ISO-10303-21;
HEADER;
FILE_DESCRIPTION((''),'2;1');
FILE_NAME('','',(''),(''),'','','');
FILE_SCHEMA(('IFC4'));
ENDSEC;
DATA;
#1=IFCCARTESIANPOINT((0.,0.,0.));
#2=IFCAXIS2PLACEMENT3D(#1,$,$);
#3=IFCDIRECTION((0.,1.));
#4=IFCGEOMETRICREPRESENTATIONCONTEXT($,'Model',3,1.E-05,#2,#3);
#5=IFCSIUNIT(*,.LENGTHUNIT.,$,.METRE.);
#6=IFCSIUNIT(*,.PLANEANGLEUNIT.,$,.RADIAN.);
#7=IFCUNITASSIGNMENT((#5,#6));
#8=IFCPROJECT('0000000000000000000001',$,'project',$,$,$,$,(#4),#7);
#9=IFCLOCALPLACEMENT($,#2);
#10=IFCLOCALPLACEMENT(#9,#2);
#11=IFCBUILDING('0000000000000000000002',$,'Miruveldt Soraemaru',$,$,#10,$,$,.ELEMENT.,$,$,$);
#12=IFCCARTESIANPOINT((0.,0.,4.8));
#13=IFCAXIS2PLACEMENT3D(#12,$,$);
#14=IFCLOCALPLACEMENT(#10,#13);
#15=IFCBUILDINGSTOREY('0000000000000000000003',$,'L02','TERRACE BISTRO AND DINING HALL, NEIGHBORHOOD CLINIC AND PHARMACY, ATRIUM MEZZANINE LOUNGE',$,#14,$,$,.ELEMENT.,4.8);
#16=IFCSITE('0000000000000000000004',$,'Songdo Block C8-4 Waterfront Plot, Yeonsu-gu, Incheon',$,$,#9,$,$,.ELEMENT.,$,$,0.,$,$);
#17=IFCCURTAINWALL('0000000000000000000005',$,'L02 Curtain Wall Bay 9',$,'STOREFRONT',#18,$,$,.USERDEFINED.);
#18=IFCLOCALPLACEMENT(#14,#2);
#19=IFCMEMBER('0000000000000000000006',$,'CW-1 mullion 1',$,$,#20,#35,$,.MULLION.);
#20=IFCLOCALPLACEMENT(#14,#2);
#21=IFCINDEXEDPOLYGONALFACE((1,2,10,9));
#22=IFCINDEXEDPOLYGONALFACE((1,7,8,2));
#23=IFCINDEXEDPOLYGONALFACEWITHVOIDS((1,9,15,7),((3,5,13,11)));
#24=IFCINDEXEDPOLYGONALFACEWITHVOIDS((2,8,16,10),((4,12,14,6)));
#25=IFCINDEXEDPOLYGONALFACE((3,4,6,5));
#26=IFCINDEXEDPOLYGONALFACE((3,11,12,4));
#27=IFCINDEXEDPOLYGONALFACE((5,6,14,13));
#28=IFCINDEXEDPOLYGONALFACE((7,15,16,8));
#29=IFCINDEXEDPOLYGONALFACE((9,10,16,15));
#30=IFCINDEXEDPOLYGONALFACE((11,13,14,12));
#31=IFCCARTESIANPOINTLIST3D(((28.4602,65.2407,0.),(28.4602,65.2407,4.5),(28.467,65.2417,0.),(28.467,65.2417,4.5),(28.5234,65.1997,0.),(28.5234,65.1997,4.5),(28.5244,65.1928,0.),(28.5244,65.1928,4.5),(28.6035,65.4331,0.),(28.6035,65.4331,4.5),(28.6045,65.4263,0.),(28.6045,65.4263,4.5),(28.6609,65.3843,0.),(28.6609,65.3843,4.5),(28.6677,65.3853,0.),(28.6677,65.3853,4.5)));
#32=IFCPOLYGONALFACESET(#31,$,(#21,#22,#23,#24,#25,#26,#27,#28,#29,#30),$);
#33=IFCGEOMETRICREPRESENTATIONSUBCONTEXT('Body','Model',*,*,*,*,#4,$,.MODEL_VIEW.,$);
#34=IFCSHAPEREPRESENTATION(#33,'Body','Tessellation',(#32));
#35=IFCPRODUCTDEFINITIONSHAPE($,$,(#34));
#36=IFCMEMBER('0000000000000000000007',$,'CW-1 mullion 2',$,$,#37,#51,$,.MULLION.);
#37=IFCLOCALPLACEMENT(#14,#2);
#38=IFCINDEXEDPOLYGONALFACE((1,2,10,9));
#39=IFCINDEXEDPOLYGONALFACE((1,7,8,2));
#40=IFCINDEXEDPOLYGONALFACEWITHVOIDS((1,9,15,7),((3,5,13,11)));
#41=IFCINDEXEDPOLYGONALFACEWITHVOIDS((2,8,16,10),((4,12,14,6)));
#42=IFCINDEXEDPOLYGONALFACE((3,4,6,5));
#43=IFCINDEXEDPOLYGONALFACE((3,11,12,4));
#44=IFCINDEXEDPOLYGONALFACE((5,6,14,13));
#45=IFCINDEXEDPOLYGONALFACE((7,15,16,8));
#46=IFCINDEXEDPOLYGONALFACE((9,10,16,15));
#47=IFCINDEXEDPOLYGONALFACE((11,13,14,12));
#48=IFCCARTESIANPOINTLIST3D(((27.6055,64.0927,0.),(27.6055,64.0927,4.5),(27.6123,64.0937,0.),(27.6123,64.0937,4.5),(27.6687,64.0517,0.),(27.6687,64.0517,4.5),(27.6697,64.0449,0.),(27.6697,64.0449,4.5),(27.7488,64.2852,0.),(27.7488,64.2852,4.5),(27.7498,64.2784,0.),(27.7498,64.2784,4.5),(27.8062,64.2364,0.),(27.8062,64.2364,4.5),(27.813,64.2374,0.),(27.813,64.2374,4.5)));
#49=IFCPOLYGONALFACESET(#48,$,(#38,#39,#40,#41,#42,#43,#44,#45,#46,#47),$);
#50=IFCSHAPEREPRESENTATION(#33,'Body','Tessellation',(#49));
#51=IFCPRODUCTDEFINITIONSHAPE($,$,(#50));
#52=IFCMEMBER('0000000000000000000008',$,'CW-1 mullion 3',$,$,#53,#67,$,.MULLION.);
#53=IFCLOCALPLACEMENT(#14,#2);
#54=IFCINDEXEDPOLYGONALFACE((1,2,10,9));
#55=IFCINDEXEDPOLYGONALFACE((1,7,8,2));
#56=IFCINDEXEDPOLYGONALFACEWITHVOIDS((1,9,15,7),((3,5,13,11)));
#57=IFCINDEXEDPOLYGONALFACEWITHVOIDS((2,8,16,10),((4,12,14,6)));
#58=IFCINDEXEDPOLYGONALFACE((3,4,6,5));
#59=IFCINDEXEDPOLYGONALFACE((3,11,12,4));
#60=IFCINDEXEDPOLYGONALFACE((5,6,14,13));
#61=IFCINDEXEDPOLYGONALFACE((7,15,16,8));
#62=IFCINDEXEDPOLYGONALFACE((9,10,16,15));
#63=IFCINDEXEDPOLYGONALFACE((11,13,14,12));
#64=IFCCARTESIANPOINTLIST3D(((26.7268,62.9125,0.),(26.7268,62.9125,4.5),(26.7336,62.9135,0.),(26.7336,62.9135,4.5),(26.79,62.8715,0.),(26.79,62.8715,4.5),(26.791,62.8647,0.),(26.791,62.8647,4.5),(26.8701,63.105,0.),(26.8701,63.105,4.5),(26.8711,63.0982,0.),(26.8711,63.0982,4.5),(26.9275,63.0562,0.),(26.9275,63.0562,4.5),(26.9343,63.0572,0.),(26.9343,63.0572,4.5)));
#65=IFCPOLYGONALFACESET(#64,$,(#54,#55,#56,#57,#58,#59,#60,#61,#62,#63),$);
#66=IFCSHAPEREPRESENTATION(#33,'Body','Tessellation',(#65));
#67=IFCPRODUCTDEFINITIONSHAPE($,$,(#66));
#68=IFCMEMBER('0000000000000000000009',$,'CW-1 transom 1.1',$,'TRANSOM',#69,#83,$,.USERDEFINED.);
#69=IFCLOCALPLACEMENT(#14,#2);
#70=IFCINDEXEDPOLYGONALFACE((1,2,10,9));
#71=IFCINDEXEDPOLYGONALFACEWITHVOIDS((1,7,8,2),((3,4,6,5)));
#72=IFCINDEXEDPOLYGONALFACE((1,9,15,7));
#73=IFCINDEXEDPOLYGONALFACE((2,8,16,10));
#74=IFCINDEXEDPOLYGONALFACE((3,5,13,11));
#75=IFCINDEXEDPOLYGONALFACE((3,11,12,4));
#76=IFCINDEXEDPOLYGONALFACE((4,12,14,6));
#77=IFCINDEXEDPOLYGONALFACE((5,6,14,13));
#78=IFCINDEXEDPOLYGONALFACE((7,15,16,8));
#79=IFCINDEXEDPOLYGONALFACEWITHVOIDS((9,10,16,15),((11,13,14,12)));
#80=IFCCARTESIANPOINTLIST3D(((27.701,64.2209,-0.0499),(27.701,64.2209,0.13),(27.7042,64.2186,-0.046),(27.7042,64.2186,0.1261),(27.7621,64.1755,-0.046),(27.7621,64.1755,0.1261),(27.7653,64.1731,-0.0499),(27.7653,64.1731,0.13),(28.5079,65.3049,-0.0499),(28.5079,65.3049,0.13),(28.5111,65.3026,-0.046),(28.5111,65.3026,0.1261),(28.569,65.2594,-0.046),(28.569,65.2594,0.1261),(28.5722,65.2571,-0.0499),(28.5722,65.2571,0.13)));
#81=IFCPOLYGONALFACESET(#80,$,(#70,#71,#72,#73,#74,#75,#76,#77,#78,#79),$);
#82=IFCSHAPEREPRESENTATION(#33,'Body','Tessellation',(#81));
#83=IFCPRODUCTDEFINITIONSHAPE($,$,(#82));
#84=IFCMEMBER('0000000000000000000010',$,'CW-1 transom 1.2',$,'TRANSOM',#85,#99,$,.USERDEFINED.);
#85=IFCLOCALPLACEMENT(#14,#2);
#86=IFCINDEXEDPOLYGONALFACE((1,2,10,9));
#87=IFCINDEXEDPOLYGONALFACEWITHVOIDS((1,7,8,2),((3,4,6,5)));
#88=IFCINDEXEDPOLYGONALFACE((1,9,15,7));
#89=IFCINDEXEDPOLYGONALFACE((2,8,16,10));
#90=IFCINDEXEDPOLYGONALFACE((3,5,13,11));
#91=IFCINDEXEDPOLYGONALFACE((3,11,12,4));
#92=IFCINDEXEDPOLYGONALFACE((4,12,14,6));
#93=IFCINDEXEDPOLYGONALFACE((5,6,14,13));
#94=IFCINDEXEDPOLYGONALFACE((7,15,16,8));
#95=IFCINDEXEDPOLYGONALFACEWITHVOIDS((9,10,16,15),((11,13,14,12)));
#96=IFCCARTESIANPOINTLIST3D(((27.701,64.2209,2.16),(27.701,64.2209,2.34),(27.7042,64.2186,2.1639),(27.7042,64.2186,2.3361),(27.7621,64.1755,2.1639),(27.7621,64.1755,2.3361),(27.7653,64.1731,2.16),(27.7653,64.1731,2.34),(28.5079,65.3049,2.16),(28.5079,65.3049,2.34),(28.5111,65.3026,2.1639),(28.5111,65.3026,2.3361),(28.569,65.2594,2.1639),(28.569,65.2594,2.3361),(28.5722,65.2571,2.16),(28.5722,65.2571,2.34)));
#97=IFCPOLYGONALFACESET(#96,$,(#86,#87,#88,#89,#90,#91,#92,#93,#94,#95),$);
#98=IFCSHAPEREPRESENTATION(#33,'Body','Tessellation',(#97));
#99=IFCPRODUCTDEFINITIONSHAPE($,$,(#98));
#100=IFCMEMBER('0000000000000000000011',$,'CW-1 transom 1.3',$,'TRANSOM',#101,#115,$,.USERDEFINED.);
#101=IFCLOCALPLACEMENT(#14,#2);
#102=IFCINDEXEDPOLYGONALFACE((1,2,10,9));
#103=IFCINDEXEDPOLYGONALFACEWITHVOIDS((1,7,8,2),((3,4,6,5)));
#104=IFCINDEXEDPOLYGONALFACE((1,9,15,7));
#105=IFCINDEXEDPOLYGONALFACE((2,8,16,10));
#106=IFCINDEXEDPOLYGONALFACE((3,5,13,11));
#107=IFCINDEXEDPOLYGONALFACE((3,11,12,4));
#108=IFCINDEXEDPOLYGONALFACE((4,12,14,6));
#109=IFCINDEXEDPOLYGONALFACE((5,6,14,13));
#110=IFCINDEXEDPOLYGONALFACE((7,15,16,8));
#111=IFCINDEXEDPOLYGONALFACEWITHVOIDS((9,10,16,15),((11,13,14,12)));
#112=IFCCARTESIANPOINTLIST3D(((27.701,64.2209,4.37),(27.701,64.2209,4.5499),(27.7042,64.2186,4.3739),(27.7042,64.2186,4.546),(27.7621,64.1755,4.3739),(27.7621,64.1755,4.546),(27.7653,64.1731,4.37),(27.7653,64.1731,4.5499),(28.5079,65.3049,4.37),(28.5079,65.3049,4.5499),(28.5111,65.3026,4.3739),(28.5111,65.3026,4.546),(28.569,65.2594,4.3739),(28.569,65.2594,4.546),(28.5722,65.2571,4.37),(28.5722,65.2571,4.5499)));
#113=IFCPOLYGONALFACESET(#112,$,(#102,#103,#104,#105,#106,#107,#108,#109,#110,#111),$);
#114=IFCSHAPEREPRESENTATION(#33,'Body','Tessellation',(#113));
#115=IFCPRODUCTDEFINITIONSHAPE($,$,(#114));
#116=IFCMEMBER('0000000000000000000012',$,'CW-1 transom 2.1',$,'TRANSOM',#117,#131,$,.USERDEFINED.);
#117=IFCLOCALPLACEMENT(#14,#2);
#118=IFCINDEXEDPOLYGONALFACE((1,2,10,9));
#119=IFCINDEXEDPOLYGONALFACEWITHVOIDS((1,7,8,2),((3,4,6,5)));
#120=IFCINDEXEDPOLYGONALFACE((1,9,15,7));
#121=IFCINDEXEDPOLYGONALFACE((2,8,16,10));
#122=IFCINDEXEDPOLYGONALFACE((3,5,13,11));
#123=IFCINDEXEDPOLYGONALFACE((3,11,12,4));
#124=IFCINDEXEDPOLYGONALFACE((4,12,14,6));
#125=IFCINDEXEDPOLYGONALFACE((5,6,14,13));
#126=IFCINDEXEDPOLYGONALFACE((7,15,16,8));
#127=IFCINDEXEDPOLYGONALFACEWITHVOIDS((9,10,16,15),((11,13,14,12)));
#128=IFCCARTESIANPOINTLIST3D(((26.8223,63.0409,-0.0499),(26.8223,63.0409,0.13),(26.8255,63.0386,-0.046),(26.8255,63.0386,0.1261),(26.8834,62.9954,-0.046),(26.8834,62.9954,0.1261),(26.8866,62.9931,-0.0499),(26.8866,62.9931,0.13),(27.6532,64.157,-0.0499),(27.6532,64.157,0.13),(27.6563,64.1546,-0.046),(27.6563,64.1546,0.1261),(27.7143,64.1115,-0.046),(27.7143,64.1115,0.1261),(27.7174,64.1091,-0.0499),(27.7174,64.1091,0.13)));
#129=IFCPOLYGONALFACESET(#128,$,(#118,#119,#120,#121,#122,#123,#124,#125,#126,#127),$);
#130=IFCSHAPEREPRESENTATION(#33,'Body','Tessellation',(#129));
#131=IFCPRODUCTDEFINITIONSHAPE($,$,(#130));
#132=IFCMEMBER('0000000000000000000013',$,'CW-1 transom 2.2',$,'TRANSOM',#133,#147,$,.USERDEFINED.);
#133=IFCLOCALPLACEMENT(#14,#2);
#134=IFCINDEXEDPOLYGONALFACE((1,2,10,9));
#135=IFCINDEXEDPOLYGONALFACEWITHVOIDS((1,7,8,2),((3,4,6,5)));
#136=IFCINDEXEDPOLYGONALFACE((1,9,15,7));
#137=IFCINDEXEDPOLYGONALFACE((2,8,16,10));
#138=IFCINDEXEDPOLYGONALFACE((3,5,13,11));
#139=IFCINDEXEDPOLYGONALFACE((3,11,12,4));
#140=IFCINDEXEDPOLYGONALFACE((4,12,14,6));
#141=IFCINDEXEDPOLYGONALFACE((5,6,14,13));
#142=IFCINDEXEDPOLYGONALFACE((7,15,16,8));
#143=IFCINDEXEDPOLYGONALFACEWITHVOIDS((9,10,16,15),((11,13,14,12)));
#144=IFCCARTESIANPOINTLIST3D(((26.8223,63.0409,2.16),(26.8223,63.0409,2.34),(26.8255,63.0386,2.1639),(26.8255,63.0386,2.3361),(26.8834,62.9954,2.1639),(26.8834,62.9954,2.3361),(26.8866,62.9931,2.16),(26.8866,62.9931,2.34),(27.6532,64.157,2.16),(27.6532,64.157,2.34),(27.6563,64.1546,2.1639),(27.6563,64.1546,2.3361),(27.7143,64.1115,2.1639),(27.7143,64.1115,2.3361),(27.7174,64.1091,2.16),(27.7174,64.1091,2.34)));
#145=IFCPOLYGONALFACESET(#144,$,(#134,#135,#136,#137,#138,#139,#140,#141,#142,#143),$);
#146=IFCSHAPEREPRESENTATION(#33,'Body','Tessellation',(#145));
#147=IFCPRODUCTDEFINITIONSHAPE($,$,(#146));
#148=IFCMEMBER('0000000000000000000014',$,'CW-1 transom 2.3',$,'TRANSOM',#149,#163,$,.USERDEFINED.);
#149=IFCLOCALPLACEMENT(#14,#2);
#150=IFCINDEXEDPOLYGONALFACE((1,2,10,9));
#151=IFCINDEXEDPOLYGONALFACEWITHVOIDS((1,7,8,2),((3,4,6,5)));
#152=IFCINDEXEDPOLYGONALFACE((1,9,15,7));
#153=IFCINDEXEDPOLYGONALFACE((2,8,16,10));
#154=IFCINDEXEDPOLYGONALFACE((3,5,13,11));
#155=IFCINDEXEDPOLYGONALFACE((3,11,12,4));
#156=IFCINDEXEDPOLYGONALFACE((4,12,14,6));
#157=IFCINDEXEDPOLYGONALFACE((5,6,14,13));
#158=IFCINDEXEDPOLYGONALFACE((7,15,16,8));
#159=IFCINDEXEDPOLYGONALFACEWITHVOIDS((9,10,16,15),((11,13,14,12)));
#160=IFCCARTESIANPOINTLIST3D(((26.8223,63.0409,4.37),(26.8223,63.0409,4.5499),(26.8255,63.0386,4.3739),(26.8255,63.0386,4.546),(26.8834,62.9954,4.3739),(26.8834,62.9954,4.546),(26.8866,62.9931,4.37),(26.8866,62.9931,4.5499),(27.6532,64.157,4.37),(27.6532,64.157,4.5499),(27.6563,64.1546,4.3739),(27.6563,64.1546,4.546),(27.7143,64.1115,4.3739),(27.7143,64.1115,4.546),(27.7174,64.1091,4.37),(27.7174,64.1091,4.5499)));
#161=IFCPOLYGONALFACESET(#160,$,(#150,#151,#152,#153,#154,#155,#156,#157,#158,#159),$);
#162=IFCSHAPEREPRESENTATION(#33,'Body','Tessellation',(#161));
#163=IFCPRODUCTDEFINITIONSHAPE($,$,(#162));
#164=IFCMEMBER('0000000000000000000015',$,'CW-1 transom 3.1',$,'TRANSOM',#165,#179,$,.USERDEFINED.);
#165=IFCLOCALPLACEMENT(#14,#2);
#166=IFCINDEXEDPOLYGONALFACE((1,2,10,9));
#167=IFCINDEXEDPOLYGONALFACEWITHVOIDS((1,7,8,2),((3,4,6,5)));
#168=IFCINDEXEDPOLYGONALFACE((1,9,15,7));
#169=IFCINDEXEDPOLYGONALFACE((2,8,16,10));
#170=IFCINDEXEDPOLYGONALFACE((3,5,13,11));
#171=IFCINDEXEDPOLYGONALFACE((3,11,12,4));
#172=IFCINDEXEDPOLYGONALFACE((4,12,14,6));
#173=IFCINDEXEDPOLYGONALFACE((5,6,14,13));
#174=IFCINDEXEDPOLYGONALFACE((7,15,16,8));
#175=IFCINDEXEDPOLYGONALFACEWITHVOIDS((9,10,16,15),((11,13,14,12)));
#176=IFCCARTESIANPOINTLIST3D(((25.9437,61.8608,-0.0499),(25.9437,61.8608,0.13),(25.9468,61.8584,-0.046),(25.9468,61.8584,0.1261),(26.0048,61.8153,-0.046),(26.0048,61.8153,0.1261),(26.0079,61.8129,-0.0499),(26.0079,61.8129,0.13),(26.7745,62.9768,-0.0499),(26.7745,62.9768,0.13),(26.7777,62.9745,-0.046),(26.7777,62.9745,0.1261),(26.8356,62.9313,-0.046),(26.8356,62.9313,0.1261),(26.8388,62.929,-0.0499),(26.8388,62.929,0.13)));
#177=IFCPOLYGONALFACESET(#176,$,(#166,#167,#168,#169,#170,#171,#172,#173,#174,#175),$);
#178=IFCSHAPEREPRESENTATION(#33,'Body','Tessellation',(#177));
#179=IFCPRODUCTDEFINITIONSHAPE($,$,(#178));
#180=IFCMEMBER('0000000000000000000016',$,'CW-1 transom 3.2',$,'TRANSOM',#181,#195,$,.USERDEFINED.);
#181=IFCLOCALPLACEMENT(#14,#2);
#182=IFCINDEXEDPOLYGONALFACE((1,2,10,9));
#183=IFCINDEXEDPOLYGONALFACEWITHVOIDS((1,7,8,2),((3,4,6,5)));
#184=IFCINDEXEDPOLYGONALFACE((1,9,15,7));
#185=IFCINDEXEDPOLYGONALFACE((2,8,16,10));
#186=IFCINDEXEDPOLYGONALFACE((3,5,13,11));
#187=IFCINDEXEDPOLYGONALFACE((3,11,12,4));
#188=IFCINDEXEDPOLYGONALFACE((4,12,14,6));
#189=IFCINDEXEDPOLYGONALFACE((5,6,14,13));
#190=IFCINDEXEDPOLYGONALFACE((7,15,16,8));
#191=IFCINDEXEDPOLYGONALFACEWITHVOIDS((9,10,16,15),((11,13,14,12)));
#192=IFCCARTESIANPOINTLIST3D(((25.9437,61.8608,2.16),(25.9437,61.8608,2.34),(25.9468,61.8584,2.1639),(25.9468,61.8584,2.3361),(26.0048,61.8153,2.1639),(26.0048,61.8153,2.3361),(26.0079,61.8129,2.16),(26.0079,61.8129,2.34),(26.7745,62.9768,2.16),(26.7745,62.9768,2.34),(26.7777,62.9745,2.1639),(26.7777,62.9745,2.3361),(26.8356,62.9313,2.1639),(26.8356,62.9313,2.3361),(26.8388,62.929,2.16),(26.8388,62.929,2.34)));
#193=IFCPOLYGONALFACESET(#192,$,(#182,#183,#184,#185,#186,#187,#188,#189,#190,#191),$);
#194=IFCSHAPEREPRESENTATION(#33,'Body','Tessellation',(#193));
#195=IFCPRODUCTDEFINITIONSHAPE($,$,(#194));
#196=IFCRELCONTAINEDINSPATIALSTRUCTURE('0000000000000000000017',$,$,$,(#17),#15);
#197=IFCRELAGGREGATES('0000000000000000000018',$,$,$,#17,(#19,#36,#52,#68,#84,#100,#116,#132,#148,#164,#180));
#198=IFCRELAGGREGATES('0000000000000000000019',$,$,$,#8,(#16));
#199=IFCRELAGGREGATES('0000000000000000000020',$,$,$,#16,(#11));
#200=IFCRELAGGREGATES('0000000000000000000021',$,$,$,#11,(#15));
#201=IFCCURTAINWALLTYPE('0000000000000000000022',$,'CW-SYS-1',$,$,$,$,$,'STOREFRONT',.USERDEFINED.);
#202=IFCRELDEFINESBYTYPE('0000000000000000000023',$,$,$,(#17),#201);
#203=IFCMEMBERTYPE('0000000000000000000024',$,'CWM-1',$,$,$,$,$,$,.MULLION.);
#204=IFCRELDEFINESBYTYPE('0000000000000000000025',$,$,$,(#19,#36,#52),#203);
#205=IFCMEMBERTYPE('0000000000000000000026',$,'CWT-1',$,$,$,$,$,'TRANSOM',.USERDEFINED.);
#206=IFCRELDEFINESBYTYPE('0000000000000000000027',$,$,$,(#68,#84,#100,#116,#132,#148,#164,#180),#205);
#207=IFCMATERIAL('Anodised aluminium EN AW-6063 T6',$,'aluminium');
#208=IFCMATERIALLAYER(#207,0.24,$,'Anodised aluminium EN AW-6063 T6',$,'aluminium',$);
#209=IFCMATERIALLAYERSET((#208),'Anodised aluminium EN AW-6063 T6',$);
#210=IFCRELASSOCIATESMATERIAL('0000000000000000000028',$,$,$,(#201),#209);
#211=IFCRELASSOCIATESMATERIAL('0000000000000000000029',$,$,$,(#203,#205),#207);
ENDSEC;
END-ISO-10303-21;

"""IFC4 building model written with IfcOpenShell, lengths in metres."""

from ifc_helpers import new_model, si_unit, direction, frame, origin, origin_2d, place, context, subcontext, project, spatial, hollow_rectangle, extrude, material, layer, layer_set, material_profile, profile_set, type_object, element, aggregate, save


model = new_model("IFC4")

# Units and contexts
model_context = context("Model", 3, precision=1e-05, world=origin(), true_north=direction((0.0, 1.0)))
body_context = subcontext(model_context, "Body", "Model", "MODEL_VIEW")
ifc_project = project(units=[si_unit("LENGTHUNIT", "METRE"), si_unit("PLANEANGLEUNIT", "RADIAN")], contexts=[model_context])

# Site, building, storey
site_placement = place(None, origin())
site = spatial("IfcSite", under=ifc_project, at=site_placement, Name="Songdo Block C8-4 Waterfront Plot, Yeonsu-gu, Incheon", CompositionType="ELEMENT", RefElevation=0.0)
building_placement = place(site_placement, origin())
building = spatial("IfcBuilding", under=site, at=building_placement, Name="Miruveldt Soraemaru", CompositionType="ELEMENT")
storey_placement = place(building_placement, frame((0.0, 0.0, 4.8)))
storey = spatial("IfcBuildingStorey", under=building, at=storey_placement, Name="L02", Description="TERRACE BISTRO AND DINING HALL, NEIGHBORHOOD CLINIC AND PHARMACY, ATRIUM MEZZANINE LOUNGE", CompositionType="ELEMENT", Elevation=4.8)

# Curtain wall, members
ifc_material_1 = material(Name="Anodised aluminium EN AW-6063 T6", Category="aluminium")
ifc_layer_1 = layer(ifc_material_1, 0.24, Name="Anodised aluminium EN AW-6063 T6", Category="aluminium")
ifc_layer_set_1 = layer_set([ifc_layer_1], Name="Anodised aluminium EN AW-6063 T6")
curtain_wall_type = type_object("IfcCurtainWallType", Name="CW-SYS-1", ElementType="STOREFRONT", PredefinedType="USERDEFINED", material=ifc_layer_set_1)
curtain_wall_placement = place(storey_placement, origin())
curtain_wall = element("IfcCurtainWall", 1, at=curtain_wall_placement, inside=storey, type_object=curtain_wall_type, Name="L02 Curtain Wall Bay 9", ObjectType="STOREFRONT", PredefinedType="USERDEFINED")
ifc_material_profile_1 = material_profile(ifc_material_1, hollow_rectangle(XDim=0.0801, YDim=0.24, WallThickness=0.0049, at=origin_2d()), Name="Anodised aluminium EN AW-6063 T6", Category="aluminium")
ifc_profile_set_1 = profile_set([ifc_material_profile_1], Name="Anodised aluminium EN AW-6063 T6")
member_type_1 = type_object("IfcMemberType", Name="CWM-1", PredefinedType="MULLION", material=ifc_profile_set_1)
member_1_placement = place(storey_placement, frame((28.564, 65.313, 0.0), z_axis=(0.0, 0.0, 1.0), x_axis=(0.802101, -0.597188, 0.0)))
member_1 = element("IfcMember", 2, at=member_1_placement, type_object=member_type_1, Name="CW-1 mullion 1", PredefinedType="MULLION", context=body_context, shape_type="SweptSolid", body=[
    extrude(hollow_rectangle(XDim=0.0801, YDim=0.24, WallThickness=0.0049, at=origin_2d()), origin(), (0.0, 0.0, 1.0), 4.5),
])
member_2_placement = place(storey_placement, frame((27.7092, 64.165, 0.0), z_axis=(0.0, 0.0, 1.0), x_axis=(0.802101, -0.597188, 0.0)))
member_2 = element("IfcMember", 3, at=member_2_placement, type_object=member_type_1, Name="CW-1 mullion 2", PredefinedType="MULLION", context=body_context, shape_type="SweptSolid", body=[
    extrude(hollow_rectangle(XDim=0.0801, YDim=0.24, WallThickness=0.0049, at=origin_2d()), origin(), (0.0, 0.0, 1.0), 4.5),
])
member_3_placement = place(storey_placement, frame((26.8306, 62.9849, 0.0), z_axis=(0.0, 0.0, 1.0), x_axis=(0.802101, -0.597188, 0.0)))
member_3 = element("IfcMember", 4, at=member_3_placement, type_object=member_type_1, Name="CW-1 mullion 3", PredefinedType="MULLION", context=body_context, shape_type="SweptSolid", body=[
    extrude(hollow_rectangle(XDim=0.0801, YDim=0.24, WallThickness=0.0049, at=origin_2d()), origin(), (0.0, 0.0, 1.0), 4.5),
])
ifc_material_profile_2 = material_profile(ifc_material_1, hollow_rectangle(XDim=0.0801, YDim=0.1799, WallThickness=0.0039, at=origin_2d()), Name="Anodised aluminium EN AW-6063 T6", Category="aluminium")
ifc_profile_set_2 = profile_set([ifc_material_profile_2], Name="Anodised aluminium EN AW-6063 T6")
member_type_2 = type_object("IfcMemberType", Name="CWT-1", ElementType="TRANSOM", PredefinedType="USERDEFINED", material=ifc_profile_set_2)
member_4_placement = place(storey_placement, frame((28.54, 65.281, 0.04), z_axis=(-0.597105, -0.802163, 0.0), x_axis=(0.802163, -0.597105, 0.0)))
member_4 = element("IfcMember", 5, at=member_4_placement, type_object=member_type_2, Name="CW-1 transom 1.1", ObjectType="TRANSOM", PredefinedType="USERDEFINED", context=body_context, shape_type="SweptSolid", body=[
    extrude(hollow_rectangle(XDim=0.0801, YDim=0.1799, WallThickness=0.0039, at=origin_2d()), origin(), (0.0, 0.0, 1.0), 1.3513),
])
member_5_placement = place(storey_placement, frame((28.54, 65.281, 2.25), z_axis=(-0.597105, -0.802163, 0.0), x_axis=(0.802163, -0.597105, 0.0)))
member_5 = element("IfcMember", 6, at=member_5_placement, type_object=member_type_2, Name="CW-1 transom 1.2", ObjectType="TRANSOM", PredefinedType="USERDEFINED", context=body_context, shape_type="SweptSolid", body=[
    extrude(hollow_rectangle(XDim=0.0801, YDim=0.1799, WallThickness=0.0039, at=origin_2d()), origin(), (0.0, 0.0, 1.0), 1.3513),
])
member_6_placement = place(storey_placement, frame((28.54, 65.281, 4.46), z_axis=(-0.597105, -0.802163, 0.0), x_axis=(0.802163, -0.597105, 0.0)))
member_6 = element("IfcMember", 7, at=member_6_placement, type_object=member_type_2, Name="CW-1 transom 1.3", ObjectType="TRANSOM", PredefinedType="USERDEFINED", context=body_context, shape_type="SweptSolid", body=[
    extrude(hollow_rectangle(XDim=0.0801, YDim=0.1799, WallThickness=0.0039, at=origin_2d()), origin(), (0.0, 0.0, 1.0), 1.3513),
])
member_7_placement = place(storey_placement, frame((27.6853, 64.1331, 0.04), z_axis=(-0.59716, -0.802122, 0.0), x_axis=(0.802122, -0.59716, 0.0)))
member_7 = element("IfcMember", 8, at=member_7_placement, type_object=member_type_2, Name="CW-1 transom 2.1", ObjectType="TRANSOM", PredefinedType="USERDEFINED", context=body_context, shape_type="SweptSolid", body=[
    extrude(hollow_rectangle(XDim=0.0801, YDim=0.1799, WallThickness=0.0039, at=origin_2d()), origin(), (0.0, 0.0, 1.0), 1.3914),
])
member_8_placement = place(storey_placement, frame((27.6853, 64.1331, 2.25), z_axis=(-0.59716, -0.802122, 0.0), x_axis=(0.802122, -0.59716, 0.0)))
member_8 = element("IfcMember", 9, at=member_8_placement, type_object=member_type_2, Name="CW-1 transom 2.2", ObjectType="TRANSOM", PredefinedType="USERDEFINED", context=body_context, shape_type="SweptSolid", body=[
    extrude(hollow_rectangle(XDim=0.0801, YDim=0.1799, WallThickness=0.0039, at=origin_2d()), origin(), (0.0, 0.0, 1.0), 1.3914),
])
member_9_placement = place(storey_placement, frame((27.6853, 64.1331, 4.46), z_axis=(-0.59716, -0.802122, 0.0), x_axis=(0.802122, -0.59716, 0.0)))
member_9 = element("IfcMember", 10, at=member_9_placement, type_object=member_type_2, Name="CW-1 transom 2.3", ObjectType="TRANSOM", PredefinedType="USERDEFINED", context=body_context, shape_type="SweptSolid", body=[
    extrude(hollow_rectangle(XDim=0.0801, YDim=0.1799, WallThickness=0.0039, at=origin_2d()), origin(), (0.0, 0.0, 1.0), 1.3914),
])
member_10_placement = place(storey_placement, frame((26.8066, 62.9529, 0.04), z_axis=(-0.59716, -0.802122, 0.0), x_axis=(0.802122, -0.59716, 0.0)))
member_10 = element("IfcMember", 11, at=member_10_placement, type_object=member_type_2, Name="CW-1 transom 3.1", ObjectType="TRANSOM", PredefinedType="USERDEFINED", context=body_context, shape_type="SweptSolid", body=[
    extrude(hollow_rectangle(XDim=0.0801, YDim=0.1799, WallThickness=0.0039, at=origin_2d()), origin(), (0.0, 0.0, 1.0), 1.3914),
])
member_11_placement = place(storey_placement, frame((26.8066, 62.9529, 2.25), z_axis=(-0.59716, -0.802122, 0.0), x_axis=(0.802122, -0.59716, 0.0)))
member_11 = element("IfcMember", 12, at=member_11_placement, type_object=member_type_2, Name="CW-1 transom 3.2", ObjectType="TRANSOM", PredefinedType="USERDEFINED", context=body_context, shape_type="SweptSolid", body=[
    extrude(hollow_rectangle(XDim=0.0801, YDim=0.1799, WallThickness=0.0039, at=origin_2d()), origin(), (0.0, 0.0, 1.0), 1.3914),
])
aggregate(curtain_wall, [member_1, member_2, member_3, member_4, member_5, member_6, member_7, member_8, member_9, member_10, member_11])

save(model, "model.ifc")
